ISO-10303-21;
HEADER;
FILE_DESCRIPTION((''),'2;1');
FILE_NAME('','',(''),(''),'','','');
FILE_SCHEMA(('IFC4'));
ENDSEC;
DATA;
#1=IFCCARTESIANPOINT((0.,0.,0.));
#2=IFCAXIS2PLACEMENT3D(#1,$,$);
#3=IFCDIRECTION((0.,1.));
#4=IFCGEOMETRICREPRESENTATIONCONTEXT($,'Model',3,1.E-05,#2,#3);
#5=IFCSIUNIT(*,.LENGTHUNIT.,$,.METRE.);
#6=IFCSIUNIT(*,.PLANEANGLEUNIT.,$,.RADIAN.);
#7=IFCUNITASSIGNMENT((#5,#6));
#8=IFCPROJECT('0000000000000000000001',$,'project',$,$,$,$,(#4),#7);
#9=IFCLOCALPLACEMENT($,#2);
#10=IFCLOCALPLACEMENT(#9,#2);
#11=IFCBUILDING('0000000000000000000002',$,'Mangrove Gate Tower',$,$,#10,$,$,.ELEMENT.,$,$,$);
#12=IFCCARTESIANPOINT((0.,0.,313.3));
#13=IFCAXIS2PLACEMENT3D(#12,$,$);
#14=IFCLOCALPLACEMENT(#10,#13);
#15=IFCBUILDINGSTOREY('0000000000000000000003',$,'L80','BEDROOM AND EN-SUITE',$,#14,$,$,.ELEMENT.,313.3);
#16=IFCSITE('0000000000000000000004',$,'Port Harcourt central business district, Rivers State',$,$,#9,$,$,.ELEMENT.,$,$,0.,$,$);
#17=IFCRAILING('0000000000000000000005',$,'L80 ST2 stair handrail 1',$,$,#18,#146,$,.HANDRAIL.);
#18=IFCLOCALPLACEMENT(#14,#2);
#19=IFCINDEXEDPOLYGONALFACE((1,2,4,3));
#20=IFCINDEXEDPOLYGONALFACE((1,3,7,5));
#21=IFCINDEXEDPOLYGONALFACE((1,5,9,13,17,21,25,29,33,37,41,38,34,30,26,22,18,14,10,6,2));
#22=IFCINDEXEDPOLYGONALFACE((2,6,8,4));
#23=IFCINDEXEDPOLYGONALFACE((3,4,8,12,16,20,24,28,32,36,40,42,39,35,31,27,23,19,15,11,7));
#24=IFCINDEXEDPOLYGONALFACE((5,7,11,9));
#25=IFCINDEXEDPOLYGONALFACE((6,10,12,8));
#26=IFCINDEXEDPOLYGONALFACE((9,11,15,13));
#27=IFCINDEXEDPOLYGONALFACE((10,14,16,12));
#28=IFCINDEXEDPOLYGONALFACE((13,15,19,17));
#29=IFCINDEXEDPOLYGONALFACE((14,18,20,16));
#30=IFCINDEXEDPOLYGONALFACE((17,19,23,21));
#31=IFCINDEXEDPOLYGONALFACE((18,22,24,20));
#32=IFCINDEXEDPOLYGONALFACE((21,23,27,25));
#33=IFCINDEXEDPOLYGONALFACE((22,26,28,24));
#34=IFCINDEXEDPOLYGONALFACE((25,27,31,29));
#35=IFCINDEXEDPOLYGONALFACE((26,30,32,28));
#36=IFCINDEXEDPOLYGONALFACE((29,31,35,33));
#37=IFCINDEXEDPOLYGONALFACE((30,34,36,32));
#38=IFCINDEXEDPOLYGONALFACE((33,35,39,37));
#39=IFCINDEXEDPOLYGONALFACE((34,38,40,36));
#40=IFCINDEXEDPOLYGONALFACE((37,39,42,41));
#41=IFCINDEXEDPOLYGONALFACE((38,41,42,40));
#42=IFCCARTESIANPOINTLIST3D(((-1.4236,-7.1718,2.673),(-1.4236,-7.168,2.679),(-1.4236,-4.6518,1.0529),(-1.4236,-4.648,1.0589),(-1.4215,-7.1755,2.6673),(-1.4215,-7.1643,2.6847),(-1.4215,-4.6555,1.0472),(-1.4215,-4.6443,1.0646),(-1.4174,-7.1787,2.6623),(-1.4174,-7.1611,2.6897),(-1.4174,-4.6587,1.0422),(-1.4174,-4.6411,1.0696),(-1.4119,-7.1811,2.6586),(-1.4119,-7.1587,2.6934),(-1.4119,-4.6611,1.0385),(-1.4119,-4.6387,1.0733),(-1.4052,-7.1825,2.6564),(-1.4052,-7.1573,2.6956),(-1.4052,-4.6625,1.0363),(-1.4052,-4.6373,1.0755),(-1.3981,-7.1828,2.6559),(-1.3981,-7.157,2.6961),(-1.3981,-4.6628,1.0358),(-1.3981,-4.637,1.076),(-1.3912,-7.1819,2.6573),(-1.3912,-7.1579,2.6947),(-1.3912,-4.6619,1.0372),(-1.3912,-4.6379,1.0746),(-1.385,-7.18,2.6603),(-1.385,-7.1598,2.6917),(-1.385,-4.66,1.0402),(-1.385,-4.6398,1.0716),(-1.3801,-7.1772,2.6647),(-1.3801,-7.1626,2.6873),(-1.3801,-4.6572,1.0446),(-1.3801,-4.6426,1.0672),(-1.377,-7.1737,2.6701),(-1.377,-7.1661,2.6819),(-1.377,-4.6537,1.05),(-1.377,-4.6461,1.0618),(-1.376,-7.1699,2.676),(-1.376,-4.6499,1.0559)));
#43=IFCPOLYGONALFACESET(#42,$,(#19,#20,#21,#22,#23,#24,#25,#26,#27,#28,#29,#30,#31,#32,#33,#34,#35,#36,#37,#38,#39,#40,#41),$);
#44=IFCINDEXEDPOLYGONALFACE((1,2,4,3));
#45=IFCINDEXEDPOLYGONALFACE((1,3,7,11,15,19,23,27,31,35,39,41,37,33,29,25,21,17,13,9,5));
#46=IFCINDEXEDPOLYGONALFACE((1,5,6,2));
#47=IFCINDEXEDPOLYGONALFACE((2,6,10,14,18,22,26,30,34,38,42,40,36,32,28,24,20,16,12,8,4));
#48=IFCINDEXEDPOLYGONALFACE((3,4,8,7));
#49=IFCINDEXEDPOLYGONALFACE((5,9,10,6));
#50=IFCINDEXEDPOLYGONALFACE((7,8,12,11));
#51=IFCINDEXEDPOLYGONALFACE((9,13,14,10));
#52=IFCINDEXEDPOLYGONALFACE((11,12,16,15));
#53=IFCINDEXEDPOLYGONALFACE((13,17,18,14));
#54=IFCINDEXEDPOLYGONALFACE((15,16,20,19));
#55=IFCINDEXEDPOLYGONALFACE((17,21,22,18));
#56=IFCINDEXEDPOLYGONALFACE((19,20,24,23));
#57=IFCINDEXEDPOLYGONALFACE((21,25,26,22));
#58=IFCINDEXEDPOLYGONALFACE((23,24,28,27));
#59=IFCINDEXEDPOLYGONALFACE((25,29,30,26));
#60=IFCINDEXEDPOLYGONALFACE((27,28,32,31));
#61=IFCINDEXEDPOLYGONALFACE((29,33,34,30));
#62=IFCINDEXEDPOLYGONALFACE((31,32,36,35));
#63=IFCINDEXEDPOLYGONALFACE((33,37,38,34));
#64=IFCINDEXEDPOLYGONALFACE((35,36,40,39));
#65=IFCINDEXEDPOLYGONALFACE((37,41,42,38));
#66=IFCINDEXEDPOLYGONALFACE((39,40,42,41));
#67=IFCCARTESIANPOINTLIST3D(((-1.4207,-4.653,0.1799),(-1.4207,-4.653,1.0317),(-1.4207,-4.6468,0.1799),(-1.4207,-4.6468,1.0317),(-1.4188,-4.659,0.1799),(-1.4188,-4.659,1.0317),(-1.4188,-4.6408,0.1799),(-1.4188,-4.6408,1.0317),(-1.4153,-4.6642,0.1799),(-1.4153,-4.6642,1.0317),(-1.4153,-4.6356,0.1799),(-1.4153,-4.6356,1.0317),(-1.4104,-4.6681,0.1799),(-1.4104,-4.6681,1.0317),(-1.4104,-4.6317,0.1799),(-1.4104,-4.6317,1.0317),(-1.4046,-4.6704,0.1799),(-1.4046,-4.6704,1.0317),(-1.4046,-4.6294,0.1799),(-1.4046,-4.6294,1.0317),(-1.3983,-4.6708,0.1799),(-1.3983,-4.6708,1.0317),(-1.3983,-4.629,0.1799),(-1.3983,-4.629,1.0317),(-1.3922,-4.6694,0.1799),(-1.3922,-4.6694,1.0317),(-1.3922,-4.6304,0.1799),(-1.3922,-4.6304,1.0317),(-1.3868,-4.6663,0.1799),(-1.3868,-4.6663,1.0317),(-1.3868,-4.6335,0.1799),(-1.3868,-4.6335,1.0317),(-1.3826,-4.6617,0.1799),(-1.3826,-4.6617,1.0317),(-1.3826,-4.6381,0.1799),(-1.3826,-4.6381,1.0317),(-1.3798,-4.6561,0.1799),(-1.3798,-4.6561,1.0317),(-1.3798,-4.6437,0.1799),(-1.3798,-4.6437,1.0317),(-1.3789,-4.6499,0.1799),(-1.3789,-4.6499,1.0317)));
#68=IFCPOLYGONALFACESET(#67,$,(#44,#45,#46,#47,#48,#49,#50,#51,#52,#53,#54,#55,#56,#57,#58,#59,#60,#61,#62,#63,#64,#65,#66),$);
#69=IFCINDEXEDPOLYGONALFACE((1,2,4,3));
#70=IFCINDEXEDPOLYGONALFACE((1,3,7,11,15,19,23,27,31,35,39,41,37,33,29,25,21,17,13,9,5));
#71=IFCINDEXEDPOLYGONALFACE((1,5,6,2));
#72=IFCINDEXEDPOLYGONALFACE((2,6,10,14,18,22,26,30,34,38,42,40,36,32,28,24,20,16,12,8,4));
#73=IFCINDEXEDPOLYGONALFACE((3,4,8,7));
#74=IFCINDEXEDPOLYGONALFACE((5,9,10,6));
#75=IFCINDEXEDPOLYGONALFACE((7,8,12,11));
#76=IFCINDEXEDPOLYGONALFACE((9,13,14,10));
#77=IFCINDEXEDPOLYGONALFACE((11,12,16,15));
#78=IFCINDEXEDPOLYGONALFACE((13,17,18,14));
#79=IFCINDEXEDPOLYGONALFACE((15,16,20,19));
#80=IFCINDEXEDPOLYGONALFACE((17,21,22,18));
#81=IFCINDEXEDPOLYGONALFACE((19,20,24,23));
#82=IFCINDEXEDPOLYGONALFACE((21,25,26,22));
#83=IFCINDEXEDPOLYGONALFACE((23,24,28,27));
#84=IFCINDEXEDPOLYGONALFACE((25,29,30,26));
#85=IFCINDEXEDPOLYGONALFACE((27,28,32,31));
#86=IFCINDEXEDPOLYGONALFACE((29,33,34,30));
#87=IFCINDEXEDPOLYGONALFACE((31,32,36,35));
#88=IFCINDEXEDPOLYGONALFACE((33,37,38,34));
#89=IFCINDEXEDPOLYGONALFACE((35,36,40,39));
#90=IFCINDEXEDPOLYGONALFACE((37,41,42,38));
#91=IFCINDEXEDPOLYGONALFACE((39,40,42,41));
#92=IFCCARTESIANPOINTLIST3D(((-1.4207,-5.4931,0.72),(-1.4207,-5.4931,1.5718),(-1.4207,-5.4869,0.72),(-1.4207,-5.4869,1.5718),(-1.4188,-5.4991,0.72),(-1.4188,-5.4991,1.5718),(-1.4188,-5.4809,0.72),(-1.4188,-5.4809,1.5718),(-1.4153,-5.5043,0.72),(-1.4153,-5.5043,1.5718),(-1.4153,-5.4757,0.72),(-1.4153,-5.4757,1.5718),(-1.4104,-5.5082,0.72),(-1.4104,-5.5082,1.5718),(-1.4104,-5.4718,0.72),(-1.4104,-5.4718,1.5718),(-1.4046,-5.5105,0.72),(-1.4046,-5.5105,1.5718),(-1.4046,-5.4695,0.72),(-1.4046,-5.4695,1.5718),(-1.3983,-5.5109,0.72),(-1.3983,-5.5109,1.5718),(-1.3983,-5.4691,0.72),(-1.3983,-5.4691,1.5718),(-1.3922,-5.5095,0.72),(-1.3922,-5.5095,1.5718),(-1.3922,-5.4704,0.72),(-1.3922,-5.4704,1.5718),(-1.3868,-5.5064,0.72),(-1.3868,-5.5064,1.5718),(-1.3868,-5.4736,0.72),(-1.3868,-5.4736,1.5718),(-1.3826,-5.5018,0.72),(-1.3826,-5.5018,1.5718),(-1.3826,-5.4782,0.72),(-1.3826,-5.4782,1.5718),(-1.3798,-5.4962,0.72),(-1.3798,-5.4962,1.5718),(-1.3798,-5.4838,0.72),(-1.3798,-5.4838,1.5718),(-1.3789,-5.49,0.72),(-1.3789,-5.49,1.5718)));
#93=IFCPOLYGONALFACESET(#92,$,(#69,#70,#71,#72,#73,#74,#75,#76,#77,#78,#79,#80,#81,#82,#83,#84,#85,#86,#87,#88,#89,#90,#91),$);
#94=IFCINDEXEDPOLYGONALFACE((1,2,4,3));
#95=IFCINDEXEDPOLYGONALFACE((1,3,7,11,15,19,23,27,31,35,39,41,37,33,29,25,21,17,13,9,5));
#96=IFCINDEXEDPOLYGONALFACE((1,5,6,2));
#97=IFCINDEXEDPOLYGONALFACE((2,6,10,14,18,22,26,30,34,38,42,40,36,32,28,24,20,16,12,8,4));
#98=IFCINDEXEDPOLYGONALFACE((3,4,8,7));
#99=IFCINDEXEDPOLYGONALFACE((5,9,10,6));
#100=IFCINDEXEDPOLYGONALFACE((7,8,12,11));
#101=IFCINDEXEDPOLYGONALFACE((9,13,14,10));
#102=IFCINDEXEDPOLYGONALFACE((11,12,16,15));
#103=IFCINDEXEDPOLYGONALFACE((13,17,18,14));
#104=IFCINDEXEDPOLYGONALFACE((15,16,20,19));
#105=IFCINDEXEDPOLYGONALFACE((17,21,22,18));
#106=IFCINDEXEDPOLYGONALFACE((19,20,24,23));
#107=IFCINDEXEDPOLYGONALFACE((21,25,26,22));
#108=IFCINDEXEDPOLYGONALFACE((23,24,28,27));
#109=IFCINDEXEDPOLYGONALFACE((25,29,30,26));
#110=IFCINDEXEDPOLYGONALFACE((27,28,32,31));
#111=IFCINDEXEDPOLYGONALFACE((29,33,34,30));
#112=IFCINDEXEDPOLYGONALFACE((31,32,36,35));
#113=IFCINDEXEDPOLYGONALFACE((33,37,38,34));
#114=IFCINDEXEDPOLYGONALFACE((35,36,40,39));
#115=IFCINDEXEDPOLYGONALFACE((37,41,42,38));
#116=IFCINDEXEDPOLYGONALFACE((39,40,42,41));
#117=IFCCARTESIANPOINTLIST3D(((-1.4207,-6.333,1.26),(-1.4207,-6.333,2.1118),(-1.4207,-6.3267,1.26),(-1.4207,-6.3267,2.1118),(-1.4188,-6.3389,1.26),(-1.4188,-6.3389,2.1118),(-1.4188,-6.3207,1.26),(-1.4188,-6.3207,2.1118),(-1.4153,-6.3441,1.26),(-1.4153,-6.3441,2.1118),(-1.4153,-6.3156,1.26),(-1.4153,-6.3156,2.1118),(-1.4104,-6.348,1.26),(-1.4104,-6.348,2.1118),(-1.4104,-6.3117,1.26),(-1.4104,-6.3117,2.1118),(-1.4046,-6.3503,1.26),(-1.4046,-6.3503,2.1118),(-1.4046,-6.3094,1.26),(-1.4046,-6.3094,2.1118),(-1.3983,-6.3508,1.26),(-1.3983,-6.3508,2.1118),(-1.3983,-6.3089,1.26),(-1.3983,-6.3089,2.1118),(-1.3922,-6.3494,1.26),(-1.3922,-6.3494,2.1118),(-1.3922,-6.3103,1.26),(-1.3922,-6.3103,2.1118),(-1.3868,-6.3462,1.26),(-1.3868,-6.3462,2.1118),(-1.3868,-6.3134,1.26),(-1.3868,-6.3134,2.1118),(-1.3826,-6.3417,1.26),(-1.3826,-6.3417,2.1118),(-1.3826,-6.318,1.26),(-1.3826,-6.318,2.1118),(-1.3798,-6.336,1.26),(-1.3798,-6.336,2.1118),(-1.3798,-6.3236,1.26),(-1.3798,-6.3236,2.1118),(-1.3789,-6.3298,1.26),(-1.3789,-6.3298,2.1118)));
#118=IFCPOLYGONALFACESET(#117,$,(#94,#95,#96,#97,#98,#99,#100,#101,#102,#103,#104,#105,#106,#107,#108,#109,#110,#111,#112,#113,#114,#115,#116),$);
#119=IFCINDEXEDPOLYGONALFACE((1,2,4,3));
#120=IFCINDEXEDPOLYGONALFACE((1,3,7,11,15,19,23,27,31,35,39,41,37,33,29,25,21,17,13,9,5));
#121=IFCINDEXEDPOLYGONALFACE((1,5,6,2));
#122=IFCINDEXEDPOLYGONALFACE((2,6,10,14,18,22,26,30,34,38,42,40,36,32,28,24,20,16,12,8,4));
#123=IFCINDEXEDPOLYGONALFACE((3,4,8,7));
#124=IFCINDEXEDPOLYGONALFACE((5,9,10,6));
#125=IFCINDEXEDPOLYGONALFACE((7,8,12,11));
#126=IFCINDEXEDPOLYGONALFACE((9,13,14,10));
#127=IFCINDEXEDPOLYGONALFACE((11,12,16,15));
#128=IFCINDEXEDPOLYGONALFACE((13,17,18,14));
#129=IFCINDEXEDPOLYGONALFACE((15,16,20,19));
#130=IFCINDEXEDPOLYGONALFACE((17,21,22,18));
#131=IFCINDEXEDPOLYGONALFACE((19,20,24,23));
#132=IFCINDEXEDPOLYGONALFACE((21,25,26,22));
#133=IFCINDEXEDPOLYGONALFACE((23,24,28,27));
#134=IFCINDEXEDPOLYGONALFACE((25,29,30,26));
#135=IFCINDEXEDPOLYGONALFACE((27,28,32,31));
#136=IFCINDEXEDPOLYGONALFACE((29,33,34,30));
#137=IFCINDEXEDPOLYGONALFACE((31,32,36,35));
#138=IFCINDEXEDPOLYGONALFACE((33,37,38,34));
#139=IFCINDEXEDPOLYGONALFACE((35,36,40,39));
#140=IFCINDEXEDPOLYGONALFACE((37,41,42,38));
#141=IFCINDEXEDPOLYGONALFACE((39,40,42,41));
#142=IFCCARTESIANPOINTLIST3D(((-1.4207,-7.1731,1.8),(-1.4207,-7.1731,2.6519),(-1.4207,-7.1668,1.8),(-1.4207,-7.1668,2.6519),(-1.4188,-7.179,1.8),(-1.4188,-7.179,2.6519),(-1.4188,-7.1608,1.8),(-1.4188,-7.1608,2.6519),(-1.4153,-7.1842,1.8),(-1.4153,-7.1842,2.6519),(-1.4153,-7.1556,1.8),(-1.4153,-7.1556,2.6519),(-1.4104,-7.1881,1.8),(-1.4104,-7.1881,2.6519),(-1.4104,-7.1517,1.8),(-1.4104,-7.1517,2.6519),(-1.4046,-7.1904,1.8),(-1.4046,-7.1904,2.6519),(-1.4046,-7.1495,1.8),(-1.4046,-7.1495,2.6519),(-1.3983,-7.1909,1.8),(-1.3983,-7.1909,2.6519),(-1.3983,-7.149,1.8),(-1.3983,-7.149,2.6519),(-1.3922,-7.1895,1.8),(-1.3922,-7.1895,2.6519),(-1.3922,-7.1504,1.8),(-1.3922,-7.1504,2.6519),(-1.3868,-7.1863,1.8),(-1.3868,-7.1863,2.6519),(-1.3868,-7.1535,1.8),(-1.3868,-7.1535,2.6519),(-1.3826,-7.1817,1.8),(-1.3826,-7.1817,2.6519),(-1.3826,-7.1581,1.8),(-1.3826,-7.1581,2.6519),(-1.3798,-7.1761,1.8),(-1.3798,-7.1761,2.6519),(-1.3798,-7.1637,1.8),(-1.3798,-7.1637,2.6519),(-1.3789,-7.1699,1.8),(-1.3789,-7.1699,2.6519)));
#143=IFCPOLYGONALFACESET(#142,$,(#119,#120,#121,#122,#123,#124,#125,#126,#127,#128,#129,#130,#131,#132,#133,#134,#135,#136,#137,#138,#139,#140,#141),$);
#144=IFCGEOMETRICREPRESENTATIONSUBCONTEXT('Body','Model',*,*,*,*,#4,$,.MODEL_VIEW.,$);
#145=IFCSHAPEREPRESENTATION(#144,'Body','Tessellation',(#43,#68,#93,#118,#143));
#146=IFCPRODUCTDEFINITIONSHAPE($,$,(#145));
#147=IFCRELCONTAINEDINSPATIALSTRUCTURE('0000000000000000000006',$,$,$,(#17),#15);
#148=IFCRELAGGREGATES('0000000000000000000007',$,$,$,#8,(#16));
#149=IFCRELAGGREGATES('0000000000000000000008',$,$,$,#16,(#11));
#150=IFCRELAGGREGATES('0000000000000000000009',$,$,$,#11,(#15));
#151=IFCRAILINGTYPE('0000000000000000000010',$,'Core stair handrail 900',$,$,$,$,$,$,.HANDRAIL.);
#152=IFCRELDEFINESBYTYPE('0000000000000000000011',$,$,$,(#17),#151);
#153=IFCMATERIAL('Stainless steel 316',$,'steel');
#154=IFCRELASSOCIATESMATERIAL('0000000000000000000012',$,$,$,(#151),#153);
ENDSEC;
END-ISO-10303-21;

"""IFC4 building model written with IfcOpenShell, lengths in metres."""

from ifc_helpers import new_model, si_unit, direction, frame, origin, origin_2d, place, context, subcontext, project, spatial, circle, extrude, material, type_object, element, save


model = new_model("IFC4")

# Units and contexts
model_context = context("Model", 3, precision=1e-05, world=origin(), true_north=direction((0.0, 1.0)))
body_context = subcontext(model_context, "Body", "Model", "MODEL_VIEW")
ifc_project = project(units=[si_unit("LENGTHUNIT", "METRE"), si_unit("PLANEANGLEUNIT", "RADIAN")], contexts=[model_context])

# Site, building, storey
site_placement = place(None, origin())
site = spatial("IfcSite", under=ifc_project, at=site_placement, Name="Port Harcourt central business district, Rivers State", CompositionType="ELEMENT", RefElevation=0.0)
building_placement = place(site_placement, origin())
building = spatial("IfcBuilding", under=site, at=building_placement, Name="Mangrove Gate Tower", CompositionType="ELEMENT")
storey_placement = place(building_placement, frame((0.0, 0.0, 313.3)))
storey = spatial("IfcBuildingStorey", under=building, at=storey_placement, Name="L80", Description="BEDROOM AND EN-SUITE", CompositionType="ELEMENT", Elevation=313.3)

# Railing
ifc_material_1 = material(Name="Stainless steel 316", Category="steel")
railing_type_1 = type_object("IfcRailingType", Name="Core stair handrail 900", PredefinedType="HANDRAIL", material=ifc_material_1)
railing_1_placement = place(storey_placement, frame((-1.3999, -4.6499, 0.1799)))
element("IfcRailing", 1, at=railing_1_placement, inside=storey, type_object=railing_type_1, Name="L80 ST2 stair handrail 1", PredefinedType="HANDRAIL", context=body_context, shape_type="SweptSolid", body=[
    extrude(circle(Radius=0.0239, at=origin_2d()), frame((0.0, 0.0, 0.876), z_axis=(0.0, -0.841163, 0.540782), x_axis=(1.0, 0.0, 0.0)), (0.0, 0.0, 1.0), 2.9958),
    extrude(circle(Radius=0.021, at=origin_2d()), origin(), (0.0, 0.0, 1.0), 0.8518),
    extrude(circle(Radius=0.021, at=origin_2d()), frame((0.0, -0.8401, 0.54)), (0.0, 0.0, 1.0), 0.8518),
    extrude(circle(Radius=0.021, at=origin_2d()), frame((0.0, -1.6799, 1.0801)), (0.0, 0.0, 1.0), 0.8518),
    extrude(circle(Radius=0.021, at=origin_2d()), frame((0.0, -2.52, 1.6201)), (0.0, 0.0, 1.0), 0.8518),
])

save(model, "model.ifc")
